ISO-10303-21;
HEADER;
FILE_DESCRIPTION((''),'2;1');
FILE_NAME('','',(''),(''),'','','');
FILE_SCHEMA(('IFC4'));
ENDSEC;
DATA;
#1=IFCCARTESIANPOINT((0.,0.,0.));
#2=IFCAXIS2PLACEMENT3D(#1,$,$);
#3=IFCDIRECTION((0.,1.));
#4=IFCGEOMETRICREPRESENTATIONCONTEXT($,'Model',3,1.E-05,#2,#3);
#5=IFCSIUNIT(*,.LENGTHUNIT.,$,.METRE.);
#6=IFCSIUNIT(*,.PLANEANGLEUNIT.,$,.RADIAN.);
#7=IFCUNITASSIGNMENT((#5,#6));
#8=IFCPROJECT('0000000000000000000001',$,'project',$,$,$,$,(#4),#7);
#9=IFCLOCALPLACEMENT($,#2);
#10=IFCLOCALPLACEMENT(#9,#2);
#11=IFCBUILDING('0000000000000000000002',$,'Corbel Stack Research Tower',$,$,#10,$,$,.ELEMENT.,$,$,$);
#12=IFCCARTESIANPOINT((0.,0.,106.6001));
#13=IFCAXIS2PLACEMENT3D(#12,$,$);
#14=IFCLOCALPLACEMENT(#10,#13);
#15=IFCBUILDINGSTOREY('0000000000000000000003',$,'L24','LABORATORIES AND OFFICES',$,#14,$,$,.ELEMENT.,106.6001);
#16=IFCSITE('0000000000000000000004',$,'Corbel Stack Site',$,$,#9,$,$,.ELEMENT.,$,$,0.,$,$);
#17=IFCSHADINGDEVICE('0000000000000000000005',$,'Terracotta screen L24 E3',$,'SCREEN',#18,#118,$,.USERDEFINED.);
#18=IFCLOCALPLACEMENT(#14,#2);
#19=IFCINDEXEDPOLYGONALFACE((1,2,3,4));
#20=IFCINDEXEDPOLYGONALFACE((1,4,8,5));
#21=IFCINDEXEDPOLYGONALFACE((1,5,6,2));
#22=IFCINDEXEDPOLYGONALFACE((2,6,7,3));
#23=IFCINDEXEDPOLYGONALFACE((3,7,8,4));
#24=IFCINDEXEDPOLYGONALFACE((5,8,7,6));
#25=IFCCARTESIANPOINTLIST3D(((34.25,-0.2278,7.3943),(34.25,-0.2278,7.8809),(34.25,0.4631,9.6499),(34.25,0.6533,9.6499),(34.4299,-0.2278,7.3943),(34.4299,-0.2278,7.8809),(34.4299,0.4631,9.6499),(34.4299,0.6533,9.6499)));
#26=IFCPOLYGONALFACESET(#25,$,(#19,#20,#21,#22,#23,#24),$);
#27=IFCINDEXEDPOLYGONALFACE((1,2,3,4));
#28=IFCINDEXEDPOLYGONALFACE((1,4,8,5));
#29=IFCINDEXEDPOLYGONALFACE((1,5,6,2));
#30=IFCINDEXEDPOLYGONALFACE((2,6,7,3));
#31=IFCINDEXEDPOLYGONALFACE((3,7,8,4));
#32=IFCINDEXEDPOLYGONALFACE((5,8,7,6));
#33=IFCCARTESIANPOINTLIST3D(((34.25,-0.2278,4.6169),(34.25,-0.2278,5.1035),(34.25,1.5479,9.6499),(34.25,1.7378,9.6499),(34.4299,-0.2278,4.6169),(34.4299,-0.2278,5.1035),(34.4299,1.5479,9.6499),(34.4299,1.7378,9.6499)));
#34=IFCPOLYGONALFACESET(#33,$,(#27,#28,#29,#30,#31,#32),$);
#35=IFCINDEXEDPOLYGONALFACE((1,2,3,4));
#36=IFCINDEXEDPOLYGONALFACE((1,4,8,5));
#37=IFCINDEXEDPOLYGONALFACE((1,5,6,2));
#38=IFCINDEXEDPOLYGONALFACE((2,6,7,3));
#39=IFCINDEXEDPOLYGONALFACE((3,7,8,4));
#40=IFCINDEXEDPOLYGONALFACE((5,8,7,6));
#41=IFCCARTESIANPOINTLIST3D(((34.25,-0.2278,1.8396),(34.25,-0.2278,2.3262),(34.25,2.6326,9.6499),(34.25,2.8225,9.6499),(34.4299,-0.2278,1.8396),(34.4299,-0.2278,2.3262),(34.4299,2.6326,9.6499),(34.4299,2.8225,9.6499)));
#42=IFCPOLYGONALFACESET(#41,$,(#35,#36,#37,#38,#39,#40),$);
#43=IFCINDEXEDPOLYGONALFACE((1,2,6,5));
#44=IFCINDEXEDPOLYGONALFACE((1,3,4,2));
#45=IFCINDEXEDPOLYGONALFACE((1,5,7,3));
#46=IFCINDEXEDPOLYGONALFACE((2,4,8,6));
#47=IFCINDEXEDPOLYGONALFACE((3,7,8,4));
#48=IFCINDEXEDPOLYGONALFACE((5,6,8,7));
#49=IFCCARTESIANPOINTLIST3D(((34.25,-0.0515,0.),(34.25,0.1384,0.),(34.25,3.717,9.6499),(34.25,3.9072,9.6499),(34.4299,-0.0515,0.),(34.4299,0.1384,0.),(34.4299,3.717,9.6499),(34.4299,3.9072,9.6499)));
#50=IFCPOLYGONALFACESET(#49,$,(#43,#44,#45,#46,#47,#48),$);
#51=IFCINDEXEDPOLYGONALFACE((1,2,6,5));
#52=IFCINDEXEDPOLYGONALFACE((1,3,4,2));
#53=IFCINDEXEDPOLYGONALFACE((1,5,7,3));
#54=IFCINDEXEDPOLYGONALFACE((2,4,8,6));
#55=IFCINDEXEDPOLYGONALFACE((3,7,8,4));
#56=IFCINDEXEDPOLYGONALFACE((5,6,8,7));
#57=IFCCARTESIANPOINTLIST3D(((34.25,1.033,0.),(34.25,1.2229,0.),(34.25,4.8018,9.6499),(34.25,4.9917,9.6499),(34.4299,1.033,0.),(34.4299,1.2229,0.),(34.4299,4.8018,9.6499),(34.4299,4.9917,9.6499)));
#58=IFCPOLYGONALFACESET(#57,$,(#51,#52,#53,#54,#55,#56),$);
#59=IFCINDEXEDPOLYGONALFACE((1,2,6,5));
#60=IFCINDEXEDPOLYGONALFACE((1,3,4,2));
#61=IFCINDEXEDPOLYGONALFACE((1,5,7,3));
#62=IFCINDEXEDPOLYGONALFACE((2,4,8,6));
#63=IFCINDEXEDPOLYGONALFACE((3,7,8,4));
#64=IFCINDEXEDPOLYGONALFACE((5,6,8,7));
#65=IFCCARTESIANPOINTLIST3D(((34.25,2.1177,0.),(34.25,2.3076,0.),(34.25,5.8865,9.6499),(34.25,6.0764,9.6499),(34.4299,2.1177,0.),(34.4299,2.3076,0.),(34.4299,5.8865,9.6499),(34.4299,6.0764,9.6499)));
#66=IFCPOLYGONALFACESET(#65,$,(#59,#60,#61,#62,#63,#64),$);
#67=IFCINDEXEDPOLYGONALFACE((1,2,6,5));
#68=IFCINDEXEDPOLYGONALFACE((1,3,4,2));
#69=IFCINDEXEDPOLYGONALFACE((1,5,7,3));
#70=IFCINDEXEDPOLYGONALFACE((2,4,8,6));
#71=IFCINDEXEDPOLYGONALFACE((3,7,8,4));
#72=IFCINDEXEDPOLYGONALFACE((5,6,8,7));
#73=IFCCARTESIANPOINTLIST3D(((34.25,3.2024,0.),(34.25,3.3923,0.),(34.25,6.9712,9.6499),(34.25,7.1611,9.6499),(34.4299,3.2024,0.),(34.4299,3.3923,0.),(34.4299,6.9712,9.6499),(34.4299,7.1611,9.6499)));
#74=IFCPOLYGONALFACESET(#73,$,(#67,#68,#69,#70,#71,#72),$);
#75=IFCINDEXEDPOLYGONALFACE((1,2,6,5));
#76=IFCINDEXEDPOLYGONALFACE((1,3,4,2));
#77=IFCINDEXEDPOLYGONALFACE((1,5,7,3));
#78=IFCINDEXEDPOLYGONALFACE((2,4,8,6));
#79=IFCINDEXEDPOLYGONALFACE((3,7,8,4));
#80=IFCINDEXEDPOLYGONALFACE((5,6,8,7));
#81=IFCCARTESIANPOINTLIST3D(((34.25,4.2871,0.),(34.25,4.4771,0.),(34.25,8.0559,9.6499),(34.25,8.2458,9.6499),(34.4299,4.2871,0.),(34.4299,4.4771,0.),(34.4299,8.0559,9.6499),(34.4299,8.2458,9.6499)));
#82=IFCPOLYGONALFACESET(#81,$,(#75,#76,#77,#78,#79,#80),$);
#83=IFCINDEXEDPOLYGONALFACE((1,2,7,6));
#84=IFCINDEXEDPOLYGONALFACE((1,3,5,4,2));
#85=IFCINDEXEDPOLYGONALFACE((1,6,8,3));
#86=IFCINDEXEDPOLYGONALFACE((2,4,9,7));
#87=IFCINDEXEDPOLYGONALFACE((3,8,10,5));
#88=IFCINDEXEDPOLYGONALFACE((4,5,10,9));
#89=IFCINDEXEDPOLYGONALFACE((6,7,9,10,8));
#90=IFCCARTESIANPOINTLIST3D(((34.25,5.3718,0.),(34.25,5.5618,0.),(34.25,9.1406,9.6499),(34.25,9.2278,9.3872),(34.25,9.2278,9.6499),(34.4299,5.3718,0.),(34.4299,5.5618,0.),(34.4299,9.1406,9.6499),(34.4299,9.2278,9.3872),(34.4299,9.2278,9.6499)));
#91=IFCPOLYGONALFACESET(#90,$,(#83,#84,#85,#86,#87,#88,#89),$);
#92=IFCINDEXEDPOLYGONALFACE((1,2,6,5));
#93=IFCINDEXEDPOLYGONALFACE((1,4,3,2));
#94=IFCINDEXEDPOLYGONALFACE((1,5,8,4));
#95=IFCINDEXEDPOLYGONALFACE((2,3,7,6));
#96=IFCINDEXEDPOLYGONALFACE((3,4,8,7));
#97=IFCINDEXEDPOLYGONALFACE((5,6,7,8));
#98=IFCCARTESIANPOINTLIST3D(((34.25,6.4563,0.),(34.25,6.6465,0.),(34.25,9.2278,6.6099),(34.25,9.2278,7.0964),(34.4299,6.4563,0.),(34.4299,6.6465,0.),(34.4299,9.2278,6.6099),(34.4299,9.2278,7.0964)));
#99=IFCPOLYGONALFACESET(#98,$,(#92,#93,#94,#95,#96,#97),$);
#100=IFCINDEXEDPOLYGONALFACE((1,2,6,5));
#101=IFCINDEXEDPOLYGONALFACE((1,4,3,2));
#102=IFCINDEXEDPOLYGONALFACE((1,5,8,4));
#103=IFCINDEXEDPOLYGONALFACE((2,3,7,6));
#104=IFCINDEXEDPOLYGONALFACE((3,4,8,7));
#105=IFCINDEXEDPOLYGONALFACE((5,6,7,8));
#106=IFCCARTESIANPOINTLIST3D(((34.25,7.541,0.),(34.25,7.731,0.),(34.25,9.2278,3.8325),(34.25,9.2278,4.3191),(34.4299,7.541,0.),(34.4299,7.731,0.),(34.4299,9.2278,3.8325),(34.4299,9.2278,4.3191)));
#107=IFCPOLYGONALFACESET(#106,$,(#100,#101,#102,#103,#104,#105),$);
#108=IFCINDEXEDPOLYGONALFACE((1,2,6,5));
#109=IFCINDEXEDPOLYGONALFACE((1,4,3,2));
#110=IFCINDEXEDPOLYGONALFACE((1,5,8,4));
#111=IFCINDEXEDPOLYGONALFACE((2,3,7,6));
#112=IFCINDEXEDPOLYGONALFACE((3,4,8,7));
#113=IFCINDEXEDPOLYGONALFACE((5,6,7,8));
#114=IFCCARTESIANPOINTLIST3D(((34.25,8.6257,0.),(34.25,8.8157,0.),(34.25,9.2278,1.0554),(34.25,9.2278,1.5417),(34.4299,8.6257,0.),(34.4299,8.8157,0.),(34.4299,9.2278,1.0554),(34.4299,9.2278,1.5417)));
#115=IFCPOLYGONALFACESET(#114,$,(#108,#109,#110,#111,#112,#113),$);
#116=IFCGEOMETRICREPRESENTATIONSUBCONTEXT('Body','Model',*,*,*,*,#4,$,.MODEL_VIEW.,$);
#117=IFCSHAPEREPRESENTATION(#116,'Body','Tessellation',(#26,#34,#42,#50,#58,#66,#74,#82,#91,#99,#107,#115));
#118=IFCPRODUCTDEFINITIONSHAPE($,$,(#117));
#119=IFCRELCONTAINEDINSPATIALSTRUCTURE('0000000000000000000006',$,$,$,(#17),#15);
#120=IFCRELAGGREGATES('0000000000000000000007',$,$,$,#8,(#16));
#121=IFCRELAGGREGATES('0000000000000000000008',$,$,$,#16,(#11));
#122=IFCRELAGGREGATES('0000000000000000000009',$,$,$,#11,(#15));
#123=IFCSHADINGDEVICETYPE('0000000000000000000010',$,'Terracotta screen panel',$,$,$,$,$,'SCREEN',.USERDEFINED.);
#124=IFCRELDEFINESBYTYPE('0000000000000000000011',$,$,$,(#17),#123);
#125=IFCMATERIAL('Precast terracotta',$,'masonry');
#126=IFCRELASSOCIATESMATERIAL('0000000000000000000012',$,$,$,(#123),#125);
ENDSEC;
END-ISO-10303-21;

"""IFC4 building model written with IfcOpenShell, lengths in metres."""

from ifc_helpers import new_model, si_unit, direction, frame, origin, place, context, subcontext, project, spatial, polyline, outline, extrude, source, transform, mapped, material, type_object, element, save


model = new_model("IFC4")

# Units and contexts
model_context = context("Model", 3, precision=1e-05, world=origin(), true_north=direction((0.0, 1.0)))
body_context = subcontext(model_context, "Body", "Model", "MODEL_VIEW")
ifc_project = project(units=[si_unit("LENGTHUNIT", "METRE"), si_unit("PLANEANGLEUNIT", "RADIAN")], contexts=[model_context])

# Site, building, storey
site_placement = place(None, origin())
site = spatial("IfcSite", under=ifc_project, at=site_placement, Name="Corbel Stack Site", CompositionType="ELEMENT", RefElevation=0.0)
building_placement = place(site_placement, origin())
building = spatial("IfcBuilding", under=site, at=building_placement, Name="Corbel Stack Research Tower", CompositionType="ELEMENT")
storey_placement = place(building_placement, frame((0.0, 0.0, 106.6001)))
storey = spatial("IfcBuildingStorey", under=building, at=storey_placement, Name="L24", Description="LABORATORIES AND OFFICES", CompositionType="ELEMENT", Elevation=106.6001)

# Shading device
ifc_material_1 = material(Name="Precast terracotta", Category="masonry")
shading_device_type = type_object("IfcShadingDeviceType", Name="Terracotta screen panel", ElementType="SCREEN", PredefinedType="USERDEFINED", material=ifc_material_1)
shared_shape_1 = source(origin(), body_context, "Body", "SweptSolid", [
    extrude(outline(polyline([(0.8811, 9.6499), (0.6909, 9.6499), (0.0, 7.8809), (0.0, 7.3943), (0.8811, 9.6499)])), frame((0.0, 0.0, 0.0), z_axis=(0.0, -1.0, 0.0), x_axis=(1.0, 0.0, 0.0)), (0.0, 0.0, 1.0), 0.1799),
    extrude(outline(polyline([(1.9656, 9.6499), (1.7756, 9.6499), (0.0, 5.1035), (0.0, 4.6169), (1.9656, 9.6499)])), frame((0.0, 0.0, 0.0), z_axis=(0.0, -1.0, 0.0), x_axis=(1.0, 0.0, 0.0)), (0.0, 0.0, 1.0), 0.1799),
    extrude(outline(polyline([(3.0503, 9.6499), (2.8604, 9.6499), (0.0, 2.3262), (0.0, 1.8396), (3.0503, 9.6499)])), frame((0.0, 0.0, 0.0), z_axis=(0.0, -1.0, 0.0), x_axis=(1.0, 0.0, 0.0)), (0.0, 0.0, 1.0), 0.1799),
    extrude(outline(polyline([(0.3662, 0.0), (4.135, 9.6499), (3.9448, 9.6499), (0.1763, 0.0), (0.3662, 0.0)])), frame((0.0, 0.0, 0.0), z_axis=(0.0, -1.0, 0.0), x_axis=(1.0, 0.0, 0.0)), (0.0, 0.0, 1.0), 0.1799),
    extrude(outline(polyline([(1.4507, 0.0), (5.2195, 9.6499), (5.0295, 9.6499), (1.2607, 0.0), (1.4507, 0.0)])), frame((0.0, 0.0, 0.0), z_axis=(0.0, -1.0, 0.0), x_axis=(1.0, 0.0, 0.0)), (0.0, 0.0, 1.0), 0.1799),
    extrude(outline(polyline([(2.5354, 0.0), (6.3042, 9.6499), (6.1143, 9.6499), (2.3455, 0.0), (2.5354, 0.0)])), frame((0.0, 0.0, 0.0), z_axis=(0.0, -1.0, 0.0), x_axis=(1.0, 0.0, 0.0)), (0.0, 0.0, 1.0), 0.1799),
    extrude(outline(polyline([(3.6201, 0.0), (7.3889, 9.6499), (7.199, 9.6499), (3.4302, 0.0), (3.6201, 0.0)])), frame((0.0, 0.0, 0.0), z_axis=(0.0, -1.0, 0.0), x_axis=(1.0, 0.0, 0.0)), (0.0, 0.0, 1.0), 0.1799),
    extrude(outline(polyline([(4.7048, 0.0), (8.4736, 9.6499), (8.2837, 9.6499), (4.5149, 0.0), (4.7048, 0.0)])), frame((0.0, 0.0, 0.0), z_axis=(0.0, -1.0, 0.0), x_axis=(1.0, 0.0, 0.0)), (0.0, 0.0, 1.0), 0.1799),
    extrude(outline(polyline([(5.7896, 0.0), (9.4556, 9.3872), (9.4556, 9.6499), (9.3684, 9.6499), (5.5996, 0.0), (5.7896, 0.0)])), frame((0.0, 0.0, 0.0), z_axis=(0.0, -1.0, 0.0), x_axis=(1.0, 0.0, 0.0)), (0.0, 0.0, 1.0), 0.1799),
    extrude(outline(polyline([(6.8743, 0.0), (9.4556, 6.6099), (9.4556, 7.0964), (6.6841, 0.0), (6.8743, 0.0)])), frame((0.0, 0.0, 0.0), z_axis=(0.0, -1.0, 0.0), x_axis=(1.0, 0.0, 0.0)), (0.0, 0.0, 1.0), 0.1799),
    extrude(outline(polyline([(7.9587, 0.0), (9.4556, 3.8325), (9.4556, 4.3191), (7.7688, 0.0), (7.9587, 0.0)])), frame((0.0, 0.0, 0.0), z_axis=(0.0, -1.0, 0.0), x_axis=(1.0, 0.0, 0.0)), (0.0, 0.0, 1.0), 0.1799),
    extrude(outline(polyline([(9.0435, 0.0), (9.4556, 1.0554), (9.4556, 1.5417), (8.8535, 0.0), (9.0435, 0.0)])), frame((0.0, 0.0, 0.0), z_axis=(0.0, -1.0, 0.0), x_axis=(1.0, 0.0, 0.0)), (0.0, 0.0, 1.0), 0.1799),
])
shading_device_1_placement = place(storey_placement, frame((34.25, -0.2278, 0.0), z_axis=(0.0, 0.0, 1.0), x_axis=(0.0, 1.0, 0.0)))
element("IfcShadingDevice", 1, at=shading_device_1_placement, inside=storey, type_object=shading_device_type, Name="Terracotta screen L24 E3", ObjectType="SCREEN", PredefinedType="USERDEFINED", context=body_context, shape_type="MappedRepresentation", body=[
    mapped(shared_shape_1, transform((0.0, 0.0, 0.0))),
])

save(model, "model.ifc")
